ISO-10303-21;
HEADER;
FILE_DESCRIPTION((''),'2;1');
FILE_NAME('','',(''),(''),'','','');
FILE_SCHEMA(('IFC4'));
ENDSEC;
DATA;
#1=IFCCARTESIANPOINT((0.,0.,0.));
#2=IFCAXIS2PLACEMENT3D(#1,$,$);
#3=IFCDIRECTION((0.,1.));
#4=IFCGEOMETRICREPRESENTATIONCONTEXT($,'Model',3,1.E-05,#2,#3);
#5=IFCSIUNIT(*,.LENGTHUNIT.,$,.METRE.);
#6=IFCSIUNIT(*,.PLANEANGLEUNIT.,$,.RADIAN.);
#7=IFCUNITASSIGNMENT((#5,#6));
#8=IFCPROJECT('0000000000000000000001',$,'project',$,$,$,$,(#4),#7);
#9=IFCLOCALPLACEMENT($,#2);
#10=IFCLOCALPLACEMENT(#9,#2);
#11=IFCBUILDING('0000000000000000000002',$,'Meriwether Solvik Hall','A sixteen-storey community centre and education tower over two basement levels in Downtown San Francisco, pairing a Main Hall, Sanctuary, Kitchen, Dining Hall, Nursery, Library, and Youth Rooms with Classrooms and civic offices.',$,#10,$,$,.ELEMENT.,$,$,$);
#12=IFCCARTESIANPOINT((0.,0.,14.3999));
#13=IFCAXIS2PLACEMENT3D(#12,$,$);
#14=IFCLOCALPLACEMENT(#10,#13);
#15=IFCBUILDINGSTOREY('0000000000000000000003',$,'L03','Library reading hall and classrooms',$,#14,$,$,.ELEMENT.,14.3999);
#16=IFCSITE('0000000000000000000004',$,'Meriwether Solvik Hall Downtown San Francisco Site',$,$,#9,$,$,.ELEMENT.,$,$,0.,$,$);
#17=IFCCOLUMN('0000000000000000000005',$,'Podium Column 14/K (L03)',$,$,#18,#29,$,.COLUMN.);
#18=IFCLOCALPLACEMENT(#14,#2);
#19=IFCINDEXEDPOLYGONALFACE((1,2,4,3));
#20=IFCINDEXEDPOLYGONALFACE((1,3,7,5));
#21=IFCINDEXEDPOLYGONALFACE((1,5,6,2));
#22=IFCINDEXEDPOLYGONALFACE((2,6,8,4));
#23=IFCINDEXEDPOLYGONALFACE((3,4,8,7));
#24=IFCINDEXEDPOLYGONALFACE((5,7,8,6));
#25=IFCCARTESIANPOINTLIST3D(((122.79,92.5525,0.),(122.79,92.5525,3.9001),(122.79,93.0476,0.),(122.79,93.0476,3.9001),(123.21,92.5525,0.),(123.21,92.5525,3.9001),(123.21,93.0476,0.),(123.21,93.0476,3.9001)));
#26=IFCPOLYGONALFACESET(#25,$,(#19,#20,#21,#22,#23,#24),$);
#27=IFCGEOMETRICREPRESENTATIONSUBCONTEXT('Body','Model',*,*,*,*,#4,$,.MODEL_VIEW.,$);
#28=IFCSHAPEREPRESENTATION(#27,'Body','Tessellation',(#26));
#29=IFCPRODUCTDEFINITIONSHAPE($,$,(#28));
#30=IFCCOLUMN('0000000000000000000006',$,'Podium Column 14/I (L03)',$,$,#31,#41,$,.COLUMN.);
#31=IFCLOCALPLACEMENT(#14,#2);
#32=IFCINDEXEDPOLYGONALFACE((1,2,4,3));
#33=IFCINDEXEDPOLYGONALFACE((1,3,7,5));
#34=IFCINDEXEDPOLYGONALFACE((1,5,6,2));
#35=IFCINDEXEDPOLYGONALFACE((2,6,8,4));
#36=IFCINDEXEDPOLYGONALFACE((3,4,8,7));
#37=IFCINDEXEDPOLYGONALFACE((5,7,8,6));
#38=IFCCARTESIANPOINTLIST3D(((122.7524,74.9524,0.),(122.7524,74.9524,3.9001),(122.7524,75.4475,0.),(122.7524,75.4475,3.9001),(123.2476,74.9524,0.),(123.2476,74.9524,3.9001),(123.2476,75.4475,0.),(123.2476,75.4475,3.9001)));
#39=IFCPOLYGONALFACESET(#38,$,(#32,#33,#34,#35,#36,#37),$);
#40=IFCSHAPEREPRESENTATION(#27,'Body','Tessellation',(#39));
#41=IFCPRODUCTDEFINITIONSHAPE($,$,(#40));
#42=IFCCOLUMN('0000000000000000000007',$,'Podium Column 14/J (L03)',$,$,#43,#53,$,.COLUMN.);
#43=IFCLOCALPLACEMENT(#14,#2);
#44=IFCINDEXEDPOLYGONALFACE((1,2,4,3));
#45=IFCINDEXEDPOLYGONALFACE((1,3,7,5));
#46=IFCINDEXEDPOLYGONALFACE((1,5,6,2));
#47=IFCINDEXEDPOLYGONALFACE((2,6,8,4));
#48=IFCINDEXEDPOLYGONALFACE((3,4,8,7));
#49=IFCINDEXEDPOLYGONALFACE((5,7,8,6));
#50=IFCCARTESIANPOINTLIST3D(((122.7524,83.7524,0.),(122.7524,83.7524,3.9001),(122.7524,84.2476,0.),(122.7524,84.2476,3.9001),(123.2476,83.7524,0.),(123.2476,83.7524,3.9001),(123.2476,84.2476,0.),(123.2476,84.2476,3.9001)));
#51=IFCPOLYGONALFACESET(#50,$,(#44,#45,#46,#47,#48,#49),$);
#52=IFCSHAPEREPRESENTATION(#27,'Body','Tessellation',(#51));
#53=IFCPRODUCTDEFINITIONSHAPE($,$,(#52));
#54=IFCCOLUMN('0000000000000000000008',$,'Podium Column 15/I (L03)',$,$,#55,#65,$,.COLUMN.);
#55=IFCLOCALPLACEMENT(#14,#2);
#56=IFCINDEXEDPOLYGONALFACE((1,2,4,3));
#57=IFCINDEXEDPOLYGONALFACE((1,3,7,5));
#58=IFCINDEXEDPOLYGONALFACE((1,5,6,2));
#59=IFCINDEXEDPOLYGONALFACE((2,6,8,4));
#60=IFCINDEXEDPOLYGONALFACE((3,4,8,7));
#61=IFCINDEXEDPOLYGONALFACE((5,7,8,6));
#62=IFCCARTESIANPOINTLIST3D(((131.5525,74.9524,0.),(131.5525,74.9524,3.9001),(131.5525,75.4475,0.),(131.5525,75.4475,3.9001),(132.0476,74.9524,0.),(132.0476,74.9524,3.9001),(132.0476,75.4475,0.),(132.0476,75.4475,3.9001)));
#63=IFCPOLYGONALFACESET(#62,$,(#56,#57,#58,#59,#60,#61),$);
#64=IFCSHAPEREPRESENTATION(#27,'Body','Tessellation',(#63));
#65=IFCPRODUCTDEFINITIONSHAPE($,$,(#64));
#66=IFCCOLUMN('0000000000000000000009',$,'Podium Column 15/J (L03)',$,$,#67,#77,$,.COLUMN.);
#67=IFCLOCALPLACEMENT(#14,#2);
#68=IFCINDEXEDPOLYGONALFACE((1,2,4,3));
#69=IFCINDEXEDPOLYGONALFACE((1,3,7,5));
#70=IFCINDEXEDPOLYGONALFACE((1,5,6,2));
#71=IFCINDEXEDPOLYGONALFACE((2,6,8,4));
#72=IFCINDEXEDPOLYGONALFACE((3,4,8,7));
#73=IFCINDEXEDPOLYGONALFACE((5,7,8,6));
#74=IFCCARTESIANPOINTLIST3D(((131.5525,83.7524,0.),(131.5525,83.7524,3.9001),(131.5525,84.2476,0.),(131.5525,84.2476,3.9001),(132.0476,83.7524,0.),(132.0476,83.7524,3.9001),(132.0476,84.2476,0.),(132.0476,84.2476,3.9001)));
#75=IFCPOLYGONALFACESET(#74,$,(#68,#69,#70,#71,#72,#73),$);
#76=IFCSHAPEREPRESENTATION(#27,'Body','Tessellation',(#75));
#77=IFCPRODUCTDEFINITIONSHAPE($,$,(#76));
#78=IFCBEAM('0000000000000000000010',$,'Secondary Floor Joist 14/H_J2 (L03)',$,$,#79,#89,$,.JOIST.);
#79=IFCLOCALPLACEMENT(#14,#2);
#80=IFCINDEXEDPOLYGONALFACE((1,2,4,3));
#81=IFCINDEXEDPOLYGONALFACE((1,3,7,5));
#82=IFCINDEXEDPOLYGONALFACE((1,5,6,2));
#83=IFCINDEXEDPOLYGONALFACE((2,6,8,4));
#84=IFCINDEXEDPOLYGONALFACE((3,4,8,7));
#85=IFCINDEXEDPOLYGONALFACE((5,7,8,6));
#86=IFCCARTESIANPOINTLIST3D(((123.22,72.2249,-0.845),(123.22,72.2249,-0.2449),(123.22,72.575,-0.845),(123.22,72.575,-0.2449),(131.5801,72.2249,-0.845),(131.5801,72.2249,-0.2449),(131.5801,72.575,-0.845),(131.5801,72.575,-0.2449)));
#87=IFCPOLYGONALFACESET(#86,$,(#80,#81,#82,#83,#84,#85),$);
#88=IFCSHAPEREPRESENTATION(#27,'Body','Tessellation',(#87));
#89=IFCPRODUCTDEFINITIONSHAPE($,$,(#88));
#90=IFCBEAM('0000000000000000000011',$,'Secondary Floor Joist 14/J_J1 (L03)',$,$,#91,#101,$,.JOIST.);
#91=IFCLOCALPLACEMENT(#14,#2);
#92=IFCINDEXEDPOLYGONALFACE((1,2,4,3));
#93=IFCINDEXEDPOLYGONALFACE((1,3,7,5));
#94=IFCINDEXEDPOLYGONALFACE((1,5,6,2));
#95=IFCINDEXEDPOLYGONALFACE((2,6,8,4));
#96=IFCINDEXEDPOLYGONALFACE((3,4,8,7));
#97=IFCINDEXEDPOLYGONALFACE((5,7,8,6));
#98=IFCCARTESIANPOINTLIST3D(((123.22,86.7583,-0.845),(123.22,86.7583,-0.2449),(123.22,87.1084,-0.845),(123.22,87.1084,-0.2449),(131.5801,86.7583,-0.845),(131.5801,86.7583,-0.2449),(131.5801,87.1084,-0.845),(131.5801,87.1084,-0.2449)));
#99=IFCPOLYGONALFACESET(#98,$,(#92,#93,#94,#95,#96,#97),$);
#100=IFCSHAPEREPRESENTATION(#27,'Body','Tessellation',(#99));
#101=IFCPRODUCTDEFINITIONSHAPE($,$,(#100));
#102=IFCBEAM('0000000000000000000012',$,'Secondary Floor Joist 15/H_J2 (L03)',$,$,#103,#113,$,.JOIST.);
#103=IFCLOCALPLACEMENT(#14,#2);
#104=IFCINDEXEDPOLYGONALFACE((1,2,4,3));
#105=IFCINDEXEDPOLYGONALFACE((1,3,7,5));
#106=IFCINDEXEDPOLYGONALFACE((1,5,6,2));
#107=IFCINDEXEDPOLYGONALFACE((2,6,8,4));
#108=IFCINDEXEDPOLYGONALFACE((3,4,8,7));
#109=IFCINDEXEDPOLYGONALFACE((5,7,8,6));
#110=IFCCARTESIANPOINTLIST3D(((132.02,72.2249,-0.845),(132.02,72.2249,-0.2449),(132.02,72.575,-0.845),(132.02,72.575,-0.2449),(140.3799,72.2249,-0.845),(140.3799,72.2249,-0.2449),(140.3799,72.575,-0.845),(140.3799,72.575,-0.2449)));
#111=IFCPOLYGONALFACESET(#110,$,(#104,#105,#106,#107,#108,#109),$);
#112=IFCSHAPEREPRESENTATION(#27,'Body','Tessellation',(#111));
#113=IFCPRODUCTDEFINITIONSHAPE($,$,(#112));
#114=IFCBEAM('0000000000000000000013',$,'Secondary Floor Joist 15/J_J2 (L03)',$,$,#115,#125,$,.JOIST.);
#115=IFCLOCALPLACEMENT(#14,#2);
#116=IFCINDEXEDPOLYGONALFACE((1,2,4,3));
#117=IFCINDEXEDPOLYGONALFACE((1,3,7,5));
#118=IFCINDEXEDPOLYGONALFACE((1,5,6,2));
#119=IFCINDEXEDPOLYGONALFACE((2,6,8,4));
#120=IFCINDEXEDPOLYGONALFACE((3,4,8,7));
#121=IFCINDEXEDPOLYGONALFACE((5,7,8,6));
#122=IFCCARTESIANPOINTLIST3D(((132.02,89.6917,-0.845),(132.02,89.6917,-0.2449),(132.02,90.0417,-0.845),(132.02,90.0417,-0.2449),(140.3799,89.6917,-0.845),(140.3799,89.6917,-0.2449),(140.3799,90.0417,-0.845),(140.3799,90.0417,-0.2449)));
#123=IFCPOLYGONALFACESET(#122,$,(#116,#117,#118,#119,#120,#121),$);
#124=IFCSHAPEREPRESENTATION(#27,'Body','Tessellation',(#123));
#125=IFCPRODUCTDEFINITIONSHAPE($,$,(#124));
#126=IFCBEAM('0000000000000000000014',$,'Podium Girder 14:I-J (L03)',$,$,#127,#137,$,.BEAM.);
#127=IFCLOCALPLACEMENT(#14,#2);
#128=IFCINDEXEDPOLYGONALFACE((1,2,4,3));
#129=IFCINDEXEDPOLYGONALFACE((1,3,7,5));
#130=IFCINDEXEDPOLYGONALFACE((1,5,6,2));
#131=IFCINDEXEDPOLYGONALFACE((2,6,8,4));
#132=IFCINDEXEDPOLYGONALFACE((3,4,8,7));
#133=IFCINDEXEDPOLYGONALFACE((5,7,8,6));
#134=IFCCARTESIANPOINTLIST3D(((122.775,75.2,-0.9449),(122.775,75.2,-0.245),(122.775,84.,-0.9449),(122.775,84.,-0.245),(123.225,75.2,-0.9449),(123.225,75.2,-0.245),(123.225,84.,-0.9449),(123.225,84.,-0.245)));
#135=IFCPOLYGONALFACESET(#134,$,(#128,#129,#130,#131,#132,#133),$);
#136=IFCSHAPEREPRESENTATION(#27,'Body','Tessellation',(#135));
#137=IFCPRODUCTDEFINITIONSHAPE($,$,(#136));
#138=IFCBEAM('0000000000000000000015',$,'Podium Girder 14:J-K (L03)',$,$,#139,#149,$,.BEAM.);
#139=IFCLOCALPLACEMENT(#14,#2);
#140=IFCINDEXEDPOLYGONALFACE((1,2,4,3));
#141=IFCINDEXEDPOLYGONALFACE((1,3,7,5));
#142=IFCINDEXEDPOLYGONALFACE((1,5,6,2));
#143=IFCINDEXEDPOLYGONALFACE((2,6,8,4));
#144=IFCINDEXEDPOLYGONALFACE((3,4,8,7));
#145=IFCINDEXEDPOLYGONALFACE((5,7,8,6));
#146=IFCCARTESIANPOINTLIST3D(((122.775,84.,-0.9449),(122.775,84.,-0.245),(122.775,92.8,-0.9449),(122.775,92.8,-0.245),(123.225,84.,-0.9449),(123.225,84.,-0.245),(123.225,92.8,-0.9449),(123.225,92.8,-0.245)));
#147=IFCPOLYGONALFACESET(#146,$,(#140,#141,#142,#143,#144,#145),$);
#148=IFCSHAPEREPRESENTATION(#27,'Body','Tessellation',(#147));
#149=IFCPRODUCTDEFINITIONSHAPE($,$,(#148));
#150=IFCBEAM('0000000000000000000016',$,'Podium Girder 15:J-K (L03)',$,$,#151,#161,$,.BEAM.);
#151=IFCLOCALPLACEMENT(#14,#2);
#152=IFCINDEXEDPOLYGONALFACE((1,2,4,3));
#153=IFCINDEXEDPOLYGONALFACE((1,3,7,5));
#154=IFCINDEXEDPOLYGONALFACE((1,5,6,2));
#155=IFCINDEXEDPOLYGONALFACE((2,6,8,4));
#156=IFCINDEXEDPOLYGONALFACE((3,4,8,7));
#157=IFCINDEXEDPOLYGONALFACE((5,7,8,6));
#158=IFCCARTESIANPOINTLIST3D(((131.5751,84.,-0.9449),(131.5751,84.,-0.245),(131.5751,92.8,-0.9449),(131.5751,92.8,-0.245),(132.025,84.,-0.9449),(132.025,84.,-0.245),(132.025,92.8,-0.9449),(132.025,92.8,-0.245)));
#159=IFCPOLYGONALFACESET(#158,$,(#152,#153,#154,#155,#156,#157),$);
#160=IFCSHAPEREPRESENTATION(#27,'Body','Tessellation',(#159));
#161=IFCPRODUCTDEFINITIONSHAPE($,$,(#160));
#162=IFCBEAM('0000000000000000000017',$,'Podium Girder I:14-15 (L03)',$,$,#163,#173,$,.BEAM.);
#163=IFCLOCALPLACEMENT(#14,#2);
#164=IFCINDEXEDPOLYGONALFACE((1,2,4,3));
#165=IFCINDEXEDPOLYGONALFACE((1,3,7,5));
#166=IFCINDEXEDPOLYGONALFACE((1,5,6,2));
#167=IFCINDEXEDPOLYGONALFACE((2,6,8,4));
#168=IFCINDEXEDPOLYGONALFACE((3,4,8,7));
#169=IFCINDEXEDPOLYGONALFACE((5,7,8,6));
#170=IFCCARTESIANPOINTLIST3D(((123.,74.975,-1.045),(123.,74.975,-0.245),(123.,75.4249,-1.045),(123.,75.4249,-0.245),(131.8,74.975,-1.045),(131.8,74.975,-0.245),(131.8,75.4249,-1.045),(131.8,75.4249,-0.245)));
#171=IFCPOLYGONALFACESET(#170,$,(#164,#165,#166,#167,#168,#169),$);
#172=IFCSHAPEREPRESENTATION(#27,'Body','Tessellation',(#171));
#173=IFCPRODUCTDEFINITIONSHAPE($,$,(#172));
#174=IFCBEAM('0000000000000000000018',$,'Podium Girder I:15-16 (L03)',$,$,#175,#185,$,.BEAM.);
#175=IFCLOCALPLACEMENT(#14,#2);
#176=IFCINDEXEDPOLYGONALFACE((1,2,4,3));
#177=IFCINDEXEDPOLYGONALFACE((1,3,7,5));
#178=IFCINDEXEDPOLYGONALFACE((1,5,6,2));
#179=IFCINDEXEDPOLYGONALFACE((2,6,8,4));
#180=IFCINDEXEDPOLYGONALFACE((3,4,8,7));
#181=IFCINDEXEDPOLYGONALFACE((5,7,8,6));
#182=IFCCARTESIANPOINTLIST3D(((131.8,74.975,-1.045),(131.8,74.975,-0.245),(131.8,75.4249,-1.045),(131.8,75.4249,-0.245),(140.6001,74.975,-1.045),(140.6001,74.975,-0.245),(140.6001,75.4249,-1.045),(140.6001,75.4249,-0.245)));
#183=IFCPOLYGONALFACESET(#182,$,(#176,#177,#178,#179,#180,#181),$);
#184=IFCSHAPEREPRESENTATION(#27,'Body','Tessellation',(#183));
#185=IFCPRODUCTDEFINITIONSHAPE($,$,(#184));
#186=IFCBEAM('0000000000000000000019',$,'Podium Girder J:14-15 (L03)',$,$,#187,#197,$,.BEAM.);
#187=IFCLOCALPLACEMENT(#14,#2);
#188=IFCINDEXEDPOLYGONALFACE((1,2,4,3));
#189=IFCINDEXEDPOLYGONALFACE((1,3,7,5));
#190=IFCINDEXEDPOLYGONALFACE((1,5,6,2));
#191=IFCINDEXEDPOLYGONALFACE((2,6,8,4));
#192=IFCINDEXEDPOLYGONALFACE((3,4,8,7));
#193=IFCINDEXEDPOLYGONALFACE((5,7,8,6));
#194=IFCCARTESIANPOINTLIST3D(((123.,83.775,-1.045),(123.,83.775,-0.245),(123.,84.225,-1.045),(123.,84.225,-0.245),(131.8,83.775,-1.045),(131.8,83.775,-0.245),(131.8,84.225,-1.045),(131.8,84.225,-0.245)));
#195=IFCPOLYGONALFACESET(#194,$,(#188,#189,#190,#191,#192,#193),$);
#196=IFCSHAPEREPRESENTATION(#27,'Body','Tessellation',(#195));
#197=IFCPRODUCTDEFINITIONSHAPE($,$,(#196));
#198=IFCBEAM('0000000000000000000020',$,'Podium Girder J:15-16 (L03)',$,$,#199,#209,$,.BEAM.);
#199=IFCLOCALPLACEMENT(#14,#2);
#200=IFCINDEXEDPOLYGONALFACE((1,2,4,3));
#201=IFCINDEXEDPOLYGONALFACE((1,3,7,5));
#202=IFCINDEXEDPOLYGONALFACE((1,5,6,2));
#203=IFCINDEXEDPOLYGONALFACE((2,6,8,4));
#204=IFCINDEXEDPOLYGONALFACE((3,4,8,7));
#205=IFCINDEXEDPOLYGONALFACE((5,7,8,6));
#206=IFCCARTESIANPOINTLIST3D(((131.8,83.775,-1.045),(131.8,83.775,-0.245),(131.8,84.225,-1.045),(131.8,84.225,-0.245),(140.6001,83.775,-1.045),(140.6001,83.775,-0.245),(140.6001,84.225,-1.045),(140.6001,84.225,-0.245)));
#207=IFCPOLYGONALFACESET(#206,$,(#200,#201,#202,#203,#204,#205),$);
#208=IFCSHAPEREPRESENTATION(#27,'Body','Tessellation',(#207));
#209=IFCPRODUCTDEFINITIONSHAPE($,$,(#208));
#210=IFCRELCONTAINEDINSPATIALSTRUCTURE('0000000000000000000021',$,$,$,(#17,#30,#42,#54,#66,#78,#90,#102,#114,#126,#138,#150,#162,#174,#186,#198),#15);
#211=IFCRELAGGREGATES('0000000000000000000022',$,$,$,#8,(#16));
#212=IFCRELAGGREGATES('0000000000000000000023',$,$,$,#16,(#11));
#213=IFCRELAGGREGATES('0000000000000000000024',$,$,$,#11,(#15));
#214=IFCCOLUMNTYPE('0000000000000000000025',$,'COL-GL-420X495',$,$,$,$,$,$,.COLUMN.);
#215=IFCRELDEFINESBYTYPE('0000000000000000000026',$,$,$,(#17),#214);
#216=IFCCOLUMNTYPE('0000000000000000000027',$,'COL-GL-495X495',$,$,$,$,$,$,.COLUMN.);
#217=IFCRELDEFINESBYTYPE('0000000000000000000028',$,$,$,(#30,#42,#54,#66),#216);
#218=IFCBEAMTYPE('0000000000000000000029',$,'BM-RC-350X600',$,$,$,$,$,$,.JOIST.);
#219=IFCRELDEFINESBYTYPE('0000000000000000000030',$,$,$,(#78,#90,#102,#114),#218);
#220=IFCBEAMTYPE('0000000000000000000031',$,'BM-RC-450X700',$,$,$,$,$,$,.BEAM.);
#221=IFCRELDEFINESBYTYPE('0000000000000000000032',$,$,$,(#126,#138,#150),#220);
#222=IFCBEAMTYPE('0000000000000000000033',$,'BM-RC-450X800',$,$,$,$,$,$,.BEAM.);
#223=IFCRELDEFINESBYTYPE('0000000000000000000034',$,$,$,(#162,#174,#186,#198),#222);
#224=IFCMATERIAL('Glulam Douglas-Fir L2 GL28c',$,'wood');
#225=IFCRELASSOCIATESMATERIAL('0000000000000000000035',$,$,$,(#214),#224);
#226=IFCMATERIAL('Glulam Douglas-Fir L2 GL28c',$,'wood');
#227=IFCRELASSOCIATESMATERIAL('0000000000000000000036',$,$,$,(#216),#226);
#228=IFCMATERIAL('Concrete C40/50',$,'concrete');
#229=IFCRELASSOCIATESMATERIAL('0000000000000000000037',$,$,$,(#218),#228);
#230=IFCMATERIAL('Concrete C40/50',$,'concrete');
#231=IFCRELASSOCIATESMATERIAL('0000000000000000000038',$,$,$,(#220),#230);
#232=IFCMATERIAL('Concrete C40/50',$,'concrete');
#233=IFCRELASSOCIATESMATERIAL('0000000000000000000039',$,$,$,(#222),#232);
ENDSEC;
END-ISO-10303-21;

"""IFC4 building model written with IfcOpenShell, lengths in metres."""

from ifc_helpers import new_model, si_unit, direction, frame, origin, origin_2d, place, context, subcontext, project, spatial, rectangle, extrude, material, material_profile, profile_set, type_object, element, save


model = new_model("IFC4")

# Units and contexts
model_context = context("Model", 3, precision=1e-05, world=origin(), true_north=direction((0.0, 1.0)))
body_context = subcontext(model_context, "Body", "Model", "MODEL_VIEW")
ifc_project = project(units=[si_unit("LENGTHUNIT", "METRE"), si_unit("PLANEANGLEUNIT", "RADIAN")], contexts=[model_context])

# Site, building, storey
site_placement = place(None, origin())
site = spatial("IfcSite", under=ifc_project, at=site_placement, Name="Meriwether Solvik Hall Downtown San Francisco Site", CompositionType="ELEMENT", RefElevation=0.0)
building_placement = place(site_placement, origin())
building = spatial("IfcBuilding", under=site, at=building_placement, Name="Meriwether Solvik Hall", Description="A sixteen-storey community centre and education tower over two basement levels in Downtown San Francisco, pairing a Main Hall, Sanctuary, Kitchen, Dining Hall, Nursery, Library, and Youth Rooms with Classrooms and civic offices.", CompositionType="ELEMENT")
storey_placement = place(building_placement, frame((0.0, 0.0, 14.3999)))
storey = spatial("IfcBuildingStorey", under=building, at=storey_placement, Name="L03", Description="Library reading hall and classrooms", CompositionType="ELEMENT", Elevation=14.3999)

# Columns
ifc_material_1 = material(Name="Glulam Douglas-Fir L2 GL28c", Category="wood")
ifc_material_profile_1 = material_profile(ifc_material_1, rectangle(XDim=0.4199, YDim=0.4951, at=origin_2d()), Name="GLC-420X495")
ifc_profile_set_1 = profile_set([ifc_material_profile_1], Name="Glulam Douglas-Fir L2 GL28c")
column_type_1 = type_object("IfcColumnType", Name="COL-GL-420X495", PredefinedType="COLUMN", material=ifc_profile_set_1)
column_placement = place(storey_placement, frame((123.0, 92.8, 0.0), z_axis=(0.0, 0.0, 1.0), x_axis=(1.0, 0.0, 0.0)))
element("IfcColumn", 1, at=column_placement, inside=storey, type_object=column_type_1, Name="Podium Column 14/K (L03)", PredefinedType="COLUMN", context=body_context, shape_type="SweptSolid", body=[
    extrude(rectangle(XDim=0.4199, YDim=0.4951, at=origin_2d()), origin(), (0.0, 0.0, 1.0), 3.9001),
])
ifc_material_2 = material(Name="Glulam Douglas-Fir L2 GL28c", Category="wood")
ifc_material_profile_2 = material_profile(ifc_material_2, rectangle(XDim=0.4951, YDim=0.4951, at=origin_2d()), Name="GLC-495X495")
ifc_profile_set_2 = profile_set([ifc_material_profile_2], Name="Glulam Douglas-Fir L2 GL28c")
column_type_2 = type_object("IfcColumnType", Name="COL-GL-495X495", PredefinedType="COLUMN", material=ifc_profile_set_2)
for number, where, z_axis, x_axis, name in (
    (2, (123.0, 75.2, 0.0), (0.0, 0.0, 1.0), (1.0, 0.0, 0.0), "Podium Column 14/I (L03)"),
    (3, (123.0, 84.0, 0.0), (0.0, 0.0, 1.0), (1.0, 0.0, 0.0), "Podium Column 14/J (L03)"),
    (4, (131.8, 75.2, 0.0), (0.0, 0.0, 1.0), (1.0, 0.0, 0.0), "Podium Column 15/I (L03)"),
    (5, (131.8, 84.0, 0.0), (0.0, 0.0, 1.0), (1.0, 0.0, 0.0), "Podium Column 15/J (L03)"),
):
    element("IfcColumn", number, at=place(storey_placement, frame(where, z_axis=z_axis, x_axis=x_axis)), inside=storey, type_object=column_type_2, Name=name, PredefinedType="COLUMN", context=body_context, shape_type="SweptSolid", body=[
        extrude(rectangle(XDim=0.4951, YDim=0.4951, at=origin_2d()), origin(), (0.0, 0.0, 1.0), 3.9001),
    ])

# Beams
ifc_material_3 = material(Name="Concrete C40/50", Category="concrete")
ifc_material_profile_3 = material_profile(ifc_material_3, rectangle(XDim=0.3501, YDim=0.6001, at=origin_2d()), Name="RCB-350X600")
ifc_profile_set_3 = profile_set([ifc_material_profile_3], Name="Concrete C40/50")
beam_type_1 = type_object("IfcBeamType", Name="BM-RC-350X600", PredefinedType="JOIST", material=ifc_profile_set_3)
for number, where, z_axis, x_axis, name in (
    (6, (123.22, 72.3999, -0.5449), (1.0, 0.0, 0.0), (0.0, 1.0, 0.0), "Secondary Floor Joist 14/H_J2 (L03)"),
    (7, (123.22, 86.9333, -0.5449), (1.0, 0.0, 0.0), (0.0, 1.0, 0.0), "Secondary Floor Joist 14/J_J1 (L03)"),
):
    element("IfcBeam", number, at=place(storey_placement, frame(where, z_axis=z_axis, x_axis=x_axis)), inside=storey, type_object=beam_type_1, Name=name, PredefinedType="JOIST", context=body_context, shape_type="SweptSolid", body=[
        extrude(rectangle(XDim=0.3501, YDim=0.6001, at=origin_2d()), origin(), (0.0, 0.0, 1.0), 8.3601),
    ])
for number, where, z_axis, x_axis, name in (
    (8, (132.02, 72.3999, -0.5449), (1.0, 0.0, 0.0), (0.0, 1.0, 0.0), "Secondary Floor Joist 15/H_J2 (L03)"),
    (9, (132.02, 89.8667, -0.5449), (1.0, 0.0, 0.0), (0.0, 1.0, 0.0), "Secondary Floor Joist 15/J_J2 (L03)"),
):
    element("IfcBeam", number, at=place(storey_placement, frame(where, z_axis=z_axis, x_axis=x_axis)), inside=storey, type_object=beam_type_1, Name=name, PredefinedType="JOIST", context=body_context, shape_type="SweptSolid", body=[
        extrude(rectangle(XDim=0.3501, YDim=0.6001, at=origin_2d()), origin(), (0.0, 0.0, 1.0), 8.3599),
    ])
ifc_material_4 = material(Name="Concrete C40/50", Category="concrete")
ifc_material_profile_4 = material_profile(ifc_material_4, rectangle(XDim=0.45, YDim=0.7, at=origin_2d()), Name="RCB-450X700")
ifc_profile_set_4 = profile_set([ifc_material_profile_4], Name="Concrete C40/50")
beam_type_2 = type_object("IfcBeamType", Name="BM-RC-450X700", PredefinedType="BEAM", material=ifc_profile_set_4)
for number, where, z_axis, x_axis, name in (
    (10, (123.0, 75.2, -0.595), (0.0, 1.0, 0.0), (-1.0, 0.0, 0.0), "Podium Girder 14:I-J (L03)"),
    (11, (123.0, 84.0, -0.595), (0.0, 1.0, 0.0), (-1.0, 0.0, 0.0), "Podium Girder 14:J-K (L03)"),
    (12, (131.8, 84.0, -0.595), (0.0, 1.0, 0.0), (-1.0, 0.0, 0.0), "Podium Girder 15:J-K (L03)"),
):
    element("IfcBeam", number, at=place(storey_placement, frame(where, z_axis=z_axis, x_axis=x_axis)), inside=storey, type_object=beam_type_2, Name=name, PredefinedType="BEAM", context=body_context, shape_type="SweptSolid", body=[
        extrude(rectangle(XDim=0.45, YDim=0.7, at=origin_2d()), origin(), (0.0, 0.0, 1.0), 8.8),
    ])
ifc_material_5 = material(Name="Concrete C40/50", Category="concrete")
ifc_material_profile_5 = material_profile(ifc_material_5, rectangle(XDim=0.45, YDim=0.8, at=origin_2d()), Name="RCB-450X800")
ifc_profile_set_5 = profile_set([ifc_material_profile_5], Name="Concrete C40/50")
beam_type_3 = type_object("IfcBeamType", Name="BM-RC-450X800", PredefinedType="BEAM", material=ifc_profile_set_5)
for number, where, z_axis, x_axis, name in (
    (13, (123.0, 75.2, -0.645), (1.0, 0.0, 0.0), (0.0, 1.0, 0.0), "Podium Girder I:14-15 (L03)"),
    (14, (131.8, 75.2, -0.645), (1.0, 0.0, 0.0), (0.0, 1.0, 0.0), "Podium Girder I:15-16 (L03)"),
    (15, (123.0, 84.0, -0.645), (1.0, 0.0, 0.0), (0.0, 1.0, 0.0), "Podium Girder J:14-15 (L03)"),
    (16, (131.8, 84.0, -0.645), (1.0, 0.0, 0.0), (0.0, 1.0, 0.0), "Podium Girder J:15-16 (L03)"),
):
    element("IfcBeam", number, at=place(storey_placement, frame(where, z_axis=z_axis, x_axis=x_axis)), inside=storey, type_object=beam_type_3, Name=name, PredefinedType="BEAM", context=body_context, shape_type="SweptSolid", body=[
        extrude(rectangle(XDim=0.45, YDim=0.8, at=origin_2d()), origin(), (0.0, 0.0, 1.0), 8.8),
    ])

save(model, "model.ifc")
